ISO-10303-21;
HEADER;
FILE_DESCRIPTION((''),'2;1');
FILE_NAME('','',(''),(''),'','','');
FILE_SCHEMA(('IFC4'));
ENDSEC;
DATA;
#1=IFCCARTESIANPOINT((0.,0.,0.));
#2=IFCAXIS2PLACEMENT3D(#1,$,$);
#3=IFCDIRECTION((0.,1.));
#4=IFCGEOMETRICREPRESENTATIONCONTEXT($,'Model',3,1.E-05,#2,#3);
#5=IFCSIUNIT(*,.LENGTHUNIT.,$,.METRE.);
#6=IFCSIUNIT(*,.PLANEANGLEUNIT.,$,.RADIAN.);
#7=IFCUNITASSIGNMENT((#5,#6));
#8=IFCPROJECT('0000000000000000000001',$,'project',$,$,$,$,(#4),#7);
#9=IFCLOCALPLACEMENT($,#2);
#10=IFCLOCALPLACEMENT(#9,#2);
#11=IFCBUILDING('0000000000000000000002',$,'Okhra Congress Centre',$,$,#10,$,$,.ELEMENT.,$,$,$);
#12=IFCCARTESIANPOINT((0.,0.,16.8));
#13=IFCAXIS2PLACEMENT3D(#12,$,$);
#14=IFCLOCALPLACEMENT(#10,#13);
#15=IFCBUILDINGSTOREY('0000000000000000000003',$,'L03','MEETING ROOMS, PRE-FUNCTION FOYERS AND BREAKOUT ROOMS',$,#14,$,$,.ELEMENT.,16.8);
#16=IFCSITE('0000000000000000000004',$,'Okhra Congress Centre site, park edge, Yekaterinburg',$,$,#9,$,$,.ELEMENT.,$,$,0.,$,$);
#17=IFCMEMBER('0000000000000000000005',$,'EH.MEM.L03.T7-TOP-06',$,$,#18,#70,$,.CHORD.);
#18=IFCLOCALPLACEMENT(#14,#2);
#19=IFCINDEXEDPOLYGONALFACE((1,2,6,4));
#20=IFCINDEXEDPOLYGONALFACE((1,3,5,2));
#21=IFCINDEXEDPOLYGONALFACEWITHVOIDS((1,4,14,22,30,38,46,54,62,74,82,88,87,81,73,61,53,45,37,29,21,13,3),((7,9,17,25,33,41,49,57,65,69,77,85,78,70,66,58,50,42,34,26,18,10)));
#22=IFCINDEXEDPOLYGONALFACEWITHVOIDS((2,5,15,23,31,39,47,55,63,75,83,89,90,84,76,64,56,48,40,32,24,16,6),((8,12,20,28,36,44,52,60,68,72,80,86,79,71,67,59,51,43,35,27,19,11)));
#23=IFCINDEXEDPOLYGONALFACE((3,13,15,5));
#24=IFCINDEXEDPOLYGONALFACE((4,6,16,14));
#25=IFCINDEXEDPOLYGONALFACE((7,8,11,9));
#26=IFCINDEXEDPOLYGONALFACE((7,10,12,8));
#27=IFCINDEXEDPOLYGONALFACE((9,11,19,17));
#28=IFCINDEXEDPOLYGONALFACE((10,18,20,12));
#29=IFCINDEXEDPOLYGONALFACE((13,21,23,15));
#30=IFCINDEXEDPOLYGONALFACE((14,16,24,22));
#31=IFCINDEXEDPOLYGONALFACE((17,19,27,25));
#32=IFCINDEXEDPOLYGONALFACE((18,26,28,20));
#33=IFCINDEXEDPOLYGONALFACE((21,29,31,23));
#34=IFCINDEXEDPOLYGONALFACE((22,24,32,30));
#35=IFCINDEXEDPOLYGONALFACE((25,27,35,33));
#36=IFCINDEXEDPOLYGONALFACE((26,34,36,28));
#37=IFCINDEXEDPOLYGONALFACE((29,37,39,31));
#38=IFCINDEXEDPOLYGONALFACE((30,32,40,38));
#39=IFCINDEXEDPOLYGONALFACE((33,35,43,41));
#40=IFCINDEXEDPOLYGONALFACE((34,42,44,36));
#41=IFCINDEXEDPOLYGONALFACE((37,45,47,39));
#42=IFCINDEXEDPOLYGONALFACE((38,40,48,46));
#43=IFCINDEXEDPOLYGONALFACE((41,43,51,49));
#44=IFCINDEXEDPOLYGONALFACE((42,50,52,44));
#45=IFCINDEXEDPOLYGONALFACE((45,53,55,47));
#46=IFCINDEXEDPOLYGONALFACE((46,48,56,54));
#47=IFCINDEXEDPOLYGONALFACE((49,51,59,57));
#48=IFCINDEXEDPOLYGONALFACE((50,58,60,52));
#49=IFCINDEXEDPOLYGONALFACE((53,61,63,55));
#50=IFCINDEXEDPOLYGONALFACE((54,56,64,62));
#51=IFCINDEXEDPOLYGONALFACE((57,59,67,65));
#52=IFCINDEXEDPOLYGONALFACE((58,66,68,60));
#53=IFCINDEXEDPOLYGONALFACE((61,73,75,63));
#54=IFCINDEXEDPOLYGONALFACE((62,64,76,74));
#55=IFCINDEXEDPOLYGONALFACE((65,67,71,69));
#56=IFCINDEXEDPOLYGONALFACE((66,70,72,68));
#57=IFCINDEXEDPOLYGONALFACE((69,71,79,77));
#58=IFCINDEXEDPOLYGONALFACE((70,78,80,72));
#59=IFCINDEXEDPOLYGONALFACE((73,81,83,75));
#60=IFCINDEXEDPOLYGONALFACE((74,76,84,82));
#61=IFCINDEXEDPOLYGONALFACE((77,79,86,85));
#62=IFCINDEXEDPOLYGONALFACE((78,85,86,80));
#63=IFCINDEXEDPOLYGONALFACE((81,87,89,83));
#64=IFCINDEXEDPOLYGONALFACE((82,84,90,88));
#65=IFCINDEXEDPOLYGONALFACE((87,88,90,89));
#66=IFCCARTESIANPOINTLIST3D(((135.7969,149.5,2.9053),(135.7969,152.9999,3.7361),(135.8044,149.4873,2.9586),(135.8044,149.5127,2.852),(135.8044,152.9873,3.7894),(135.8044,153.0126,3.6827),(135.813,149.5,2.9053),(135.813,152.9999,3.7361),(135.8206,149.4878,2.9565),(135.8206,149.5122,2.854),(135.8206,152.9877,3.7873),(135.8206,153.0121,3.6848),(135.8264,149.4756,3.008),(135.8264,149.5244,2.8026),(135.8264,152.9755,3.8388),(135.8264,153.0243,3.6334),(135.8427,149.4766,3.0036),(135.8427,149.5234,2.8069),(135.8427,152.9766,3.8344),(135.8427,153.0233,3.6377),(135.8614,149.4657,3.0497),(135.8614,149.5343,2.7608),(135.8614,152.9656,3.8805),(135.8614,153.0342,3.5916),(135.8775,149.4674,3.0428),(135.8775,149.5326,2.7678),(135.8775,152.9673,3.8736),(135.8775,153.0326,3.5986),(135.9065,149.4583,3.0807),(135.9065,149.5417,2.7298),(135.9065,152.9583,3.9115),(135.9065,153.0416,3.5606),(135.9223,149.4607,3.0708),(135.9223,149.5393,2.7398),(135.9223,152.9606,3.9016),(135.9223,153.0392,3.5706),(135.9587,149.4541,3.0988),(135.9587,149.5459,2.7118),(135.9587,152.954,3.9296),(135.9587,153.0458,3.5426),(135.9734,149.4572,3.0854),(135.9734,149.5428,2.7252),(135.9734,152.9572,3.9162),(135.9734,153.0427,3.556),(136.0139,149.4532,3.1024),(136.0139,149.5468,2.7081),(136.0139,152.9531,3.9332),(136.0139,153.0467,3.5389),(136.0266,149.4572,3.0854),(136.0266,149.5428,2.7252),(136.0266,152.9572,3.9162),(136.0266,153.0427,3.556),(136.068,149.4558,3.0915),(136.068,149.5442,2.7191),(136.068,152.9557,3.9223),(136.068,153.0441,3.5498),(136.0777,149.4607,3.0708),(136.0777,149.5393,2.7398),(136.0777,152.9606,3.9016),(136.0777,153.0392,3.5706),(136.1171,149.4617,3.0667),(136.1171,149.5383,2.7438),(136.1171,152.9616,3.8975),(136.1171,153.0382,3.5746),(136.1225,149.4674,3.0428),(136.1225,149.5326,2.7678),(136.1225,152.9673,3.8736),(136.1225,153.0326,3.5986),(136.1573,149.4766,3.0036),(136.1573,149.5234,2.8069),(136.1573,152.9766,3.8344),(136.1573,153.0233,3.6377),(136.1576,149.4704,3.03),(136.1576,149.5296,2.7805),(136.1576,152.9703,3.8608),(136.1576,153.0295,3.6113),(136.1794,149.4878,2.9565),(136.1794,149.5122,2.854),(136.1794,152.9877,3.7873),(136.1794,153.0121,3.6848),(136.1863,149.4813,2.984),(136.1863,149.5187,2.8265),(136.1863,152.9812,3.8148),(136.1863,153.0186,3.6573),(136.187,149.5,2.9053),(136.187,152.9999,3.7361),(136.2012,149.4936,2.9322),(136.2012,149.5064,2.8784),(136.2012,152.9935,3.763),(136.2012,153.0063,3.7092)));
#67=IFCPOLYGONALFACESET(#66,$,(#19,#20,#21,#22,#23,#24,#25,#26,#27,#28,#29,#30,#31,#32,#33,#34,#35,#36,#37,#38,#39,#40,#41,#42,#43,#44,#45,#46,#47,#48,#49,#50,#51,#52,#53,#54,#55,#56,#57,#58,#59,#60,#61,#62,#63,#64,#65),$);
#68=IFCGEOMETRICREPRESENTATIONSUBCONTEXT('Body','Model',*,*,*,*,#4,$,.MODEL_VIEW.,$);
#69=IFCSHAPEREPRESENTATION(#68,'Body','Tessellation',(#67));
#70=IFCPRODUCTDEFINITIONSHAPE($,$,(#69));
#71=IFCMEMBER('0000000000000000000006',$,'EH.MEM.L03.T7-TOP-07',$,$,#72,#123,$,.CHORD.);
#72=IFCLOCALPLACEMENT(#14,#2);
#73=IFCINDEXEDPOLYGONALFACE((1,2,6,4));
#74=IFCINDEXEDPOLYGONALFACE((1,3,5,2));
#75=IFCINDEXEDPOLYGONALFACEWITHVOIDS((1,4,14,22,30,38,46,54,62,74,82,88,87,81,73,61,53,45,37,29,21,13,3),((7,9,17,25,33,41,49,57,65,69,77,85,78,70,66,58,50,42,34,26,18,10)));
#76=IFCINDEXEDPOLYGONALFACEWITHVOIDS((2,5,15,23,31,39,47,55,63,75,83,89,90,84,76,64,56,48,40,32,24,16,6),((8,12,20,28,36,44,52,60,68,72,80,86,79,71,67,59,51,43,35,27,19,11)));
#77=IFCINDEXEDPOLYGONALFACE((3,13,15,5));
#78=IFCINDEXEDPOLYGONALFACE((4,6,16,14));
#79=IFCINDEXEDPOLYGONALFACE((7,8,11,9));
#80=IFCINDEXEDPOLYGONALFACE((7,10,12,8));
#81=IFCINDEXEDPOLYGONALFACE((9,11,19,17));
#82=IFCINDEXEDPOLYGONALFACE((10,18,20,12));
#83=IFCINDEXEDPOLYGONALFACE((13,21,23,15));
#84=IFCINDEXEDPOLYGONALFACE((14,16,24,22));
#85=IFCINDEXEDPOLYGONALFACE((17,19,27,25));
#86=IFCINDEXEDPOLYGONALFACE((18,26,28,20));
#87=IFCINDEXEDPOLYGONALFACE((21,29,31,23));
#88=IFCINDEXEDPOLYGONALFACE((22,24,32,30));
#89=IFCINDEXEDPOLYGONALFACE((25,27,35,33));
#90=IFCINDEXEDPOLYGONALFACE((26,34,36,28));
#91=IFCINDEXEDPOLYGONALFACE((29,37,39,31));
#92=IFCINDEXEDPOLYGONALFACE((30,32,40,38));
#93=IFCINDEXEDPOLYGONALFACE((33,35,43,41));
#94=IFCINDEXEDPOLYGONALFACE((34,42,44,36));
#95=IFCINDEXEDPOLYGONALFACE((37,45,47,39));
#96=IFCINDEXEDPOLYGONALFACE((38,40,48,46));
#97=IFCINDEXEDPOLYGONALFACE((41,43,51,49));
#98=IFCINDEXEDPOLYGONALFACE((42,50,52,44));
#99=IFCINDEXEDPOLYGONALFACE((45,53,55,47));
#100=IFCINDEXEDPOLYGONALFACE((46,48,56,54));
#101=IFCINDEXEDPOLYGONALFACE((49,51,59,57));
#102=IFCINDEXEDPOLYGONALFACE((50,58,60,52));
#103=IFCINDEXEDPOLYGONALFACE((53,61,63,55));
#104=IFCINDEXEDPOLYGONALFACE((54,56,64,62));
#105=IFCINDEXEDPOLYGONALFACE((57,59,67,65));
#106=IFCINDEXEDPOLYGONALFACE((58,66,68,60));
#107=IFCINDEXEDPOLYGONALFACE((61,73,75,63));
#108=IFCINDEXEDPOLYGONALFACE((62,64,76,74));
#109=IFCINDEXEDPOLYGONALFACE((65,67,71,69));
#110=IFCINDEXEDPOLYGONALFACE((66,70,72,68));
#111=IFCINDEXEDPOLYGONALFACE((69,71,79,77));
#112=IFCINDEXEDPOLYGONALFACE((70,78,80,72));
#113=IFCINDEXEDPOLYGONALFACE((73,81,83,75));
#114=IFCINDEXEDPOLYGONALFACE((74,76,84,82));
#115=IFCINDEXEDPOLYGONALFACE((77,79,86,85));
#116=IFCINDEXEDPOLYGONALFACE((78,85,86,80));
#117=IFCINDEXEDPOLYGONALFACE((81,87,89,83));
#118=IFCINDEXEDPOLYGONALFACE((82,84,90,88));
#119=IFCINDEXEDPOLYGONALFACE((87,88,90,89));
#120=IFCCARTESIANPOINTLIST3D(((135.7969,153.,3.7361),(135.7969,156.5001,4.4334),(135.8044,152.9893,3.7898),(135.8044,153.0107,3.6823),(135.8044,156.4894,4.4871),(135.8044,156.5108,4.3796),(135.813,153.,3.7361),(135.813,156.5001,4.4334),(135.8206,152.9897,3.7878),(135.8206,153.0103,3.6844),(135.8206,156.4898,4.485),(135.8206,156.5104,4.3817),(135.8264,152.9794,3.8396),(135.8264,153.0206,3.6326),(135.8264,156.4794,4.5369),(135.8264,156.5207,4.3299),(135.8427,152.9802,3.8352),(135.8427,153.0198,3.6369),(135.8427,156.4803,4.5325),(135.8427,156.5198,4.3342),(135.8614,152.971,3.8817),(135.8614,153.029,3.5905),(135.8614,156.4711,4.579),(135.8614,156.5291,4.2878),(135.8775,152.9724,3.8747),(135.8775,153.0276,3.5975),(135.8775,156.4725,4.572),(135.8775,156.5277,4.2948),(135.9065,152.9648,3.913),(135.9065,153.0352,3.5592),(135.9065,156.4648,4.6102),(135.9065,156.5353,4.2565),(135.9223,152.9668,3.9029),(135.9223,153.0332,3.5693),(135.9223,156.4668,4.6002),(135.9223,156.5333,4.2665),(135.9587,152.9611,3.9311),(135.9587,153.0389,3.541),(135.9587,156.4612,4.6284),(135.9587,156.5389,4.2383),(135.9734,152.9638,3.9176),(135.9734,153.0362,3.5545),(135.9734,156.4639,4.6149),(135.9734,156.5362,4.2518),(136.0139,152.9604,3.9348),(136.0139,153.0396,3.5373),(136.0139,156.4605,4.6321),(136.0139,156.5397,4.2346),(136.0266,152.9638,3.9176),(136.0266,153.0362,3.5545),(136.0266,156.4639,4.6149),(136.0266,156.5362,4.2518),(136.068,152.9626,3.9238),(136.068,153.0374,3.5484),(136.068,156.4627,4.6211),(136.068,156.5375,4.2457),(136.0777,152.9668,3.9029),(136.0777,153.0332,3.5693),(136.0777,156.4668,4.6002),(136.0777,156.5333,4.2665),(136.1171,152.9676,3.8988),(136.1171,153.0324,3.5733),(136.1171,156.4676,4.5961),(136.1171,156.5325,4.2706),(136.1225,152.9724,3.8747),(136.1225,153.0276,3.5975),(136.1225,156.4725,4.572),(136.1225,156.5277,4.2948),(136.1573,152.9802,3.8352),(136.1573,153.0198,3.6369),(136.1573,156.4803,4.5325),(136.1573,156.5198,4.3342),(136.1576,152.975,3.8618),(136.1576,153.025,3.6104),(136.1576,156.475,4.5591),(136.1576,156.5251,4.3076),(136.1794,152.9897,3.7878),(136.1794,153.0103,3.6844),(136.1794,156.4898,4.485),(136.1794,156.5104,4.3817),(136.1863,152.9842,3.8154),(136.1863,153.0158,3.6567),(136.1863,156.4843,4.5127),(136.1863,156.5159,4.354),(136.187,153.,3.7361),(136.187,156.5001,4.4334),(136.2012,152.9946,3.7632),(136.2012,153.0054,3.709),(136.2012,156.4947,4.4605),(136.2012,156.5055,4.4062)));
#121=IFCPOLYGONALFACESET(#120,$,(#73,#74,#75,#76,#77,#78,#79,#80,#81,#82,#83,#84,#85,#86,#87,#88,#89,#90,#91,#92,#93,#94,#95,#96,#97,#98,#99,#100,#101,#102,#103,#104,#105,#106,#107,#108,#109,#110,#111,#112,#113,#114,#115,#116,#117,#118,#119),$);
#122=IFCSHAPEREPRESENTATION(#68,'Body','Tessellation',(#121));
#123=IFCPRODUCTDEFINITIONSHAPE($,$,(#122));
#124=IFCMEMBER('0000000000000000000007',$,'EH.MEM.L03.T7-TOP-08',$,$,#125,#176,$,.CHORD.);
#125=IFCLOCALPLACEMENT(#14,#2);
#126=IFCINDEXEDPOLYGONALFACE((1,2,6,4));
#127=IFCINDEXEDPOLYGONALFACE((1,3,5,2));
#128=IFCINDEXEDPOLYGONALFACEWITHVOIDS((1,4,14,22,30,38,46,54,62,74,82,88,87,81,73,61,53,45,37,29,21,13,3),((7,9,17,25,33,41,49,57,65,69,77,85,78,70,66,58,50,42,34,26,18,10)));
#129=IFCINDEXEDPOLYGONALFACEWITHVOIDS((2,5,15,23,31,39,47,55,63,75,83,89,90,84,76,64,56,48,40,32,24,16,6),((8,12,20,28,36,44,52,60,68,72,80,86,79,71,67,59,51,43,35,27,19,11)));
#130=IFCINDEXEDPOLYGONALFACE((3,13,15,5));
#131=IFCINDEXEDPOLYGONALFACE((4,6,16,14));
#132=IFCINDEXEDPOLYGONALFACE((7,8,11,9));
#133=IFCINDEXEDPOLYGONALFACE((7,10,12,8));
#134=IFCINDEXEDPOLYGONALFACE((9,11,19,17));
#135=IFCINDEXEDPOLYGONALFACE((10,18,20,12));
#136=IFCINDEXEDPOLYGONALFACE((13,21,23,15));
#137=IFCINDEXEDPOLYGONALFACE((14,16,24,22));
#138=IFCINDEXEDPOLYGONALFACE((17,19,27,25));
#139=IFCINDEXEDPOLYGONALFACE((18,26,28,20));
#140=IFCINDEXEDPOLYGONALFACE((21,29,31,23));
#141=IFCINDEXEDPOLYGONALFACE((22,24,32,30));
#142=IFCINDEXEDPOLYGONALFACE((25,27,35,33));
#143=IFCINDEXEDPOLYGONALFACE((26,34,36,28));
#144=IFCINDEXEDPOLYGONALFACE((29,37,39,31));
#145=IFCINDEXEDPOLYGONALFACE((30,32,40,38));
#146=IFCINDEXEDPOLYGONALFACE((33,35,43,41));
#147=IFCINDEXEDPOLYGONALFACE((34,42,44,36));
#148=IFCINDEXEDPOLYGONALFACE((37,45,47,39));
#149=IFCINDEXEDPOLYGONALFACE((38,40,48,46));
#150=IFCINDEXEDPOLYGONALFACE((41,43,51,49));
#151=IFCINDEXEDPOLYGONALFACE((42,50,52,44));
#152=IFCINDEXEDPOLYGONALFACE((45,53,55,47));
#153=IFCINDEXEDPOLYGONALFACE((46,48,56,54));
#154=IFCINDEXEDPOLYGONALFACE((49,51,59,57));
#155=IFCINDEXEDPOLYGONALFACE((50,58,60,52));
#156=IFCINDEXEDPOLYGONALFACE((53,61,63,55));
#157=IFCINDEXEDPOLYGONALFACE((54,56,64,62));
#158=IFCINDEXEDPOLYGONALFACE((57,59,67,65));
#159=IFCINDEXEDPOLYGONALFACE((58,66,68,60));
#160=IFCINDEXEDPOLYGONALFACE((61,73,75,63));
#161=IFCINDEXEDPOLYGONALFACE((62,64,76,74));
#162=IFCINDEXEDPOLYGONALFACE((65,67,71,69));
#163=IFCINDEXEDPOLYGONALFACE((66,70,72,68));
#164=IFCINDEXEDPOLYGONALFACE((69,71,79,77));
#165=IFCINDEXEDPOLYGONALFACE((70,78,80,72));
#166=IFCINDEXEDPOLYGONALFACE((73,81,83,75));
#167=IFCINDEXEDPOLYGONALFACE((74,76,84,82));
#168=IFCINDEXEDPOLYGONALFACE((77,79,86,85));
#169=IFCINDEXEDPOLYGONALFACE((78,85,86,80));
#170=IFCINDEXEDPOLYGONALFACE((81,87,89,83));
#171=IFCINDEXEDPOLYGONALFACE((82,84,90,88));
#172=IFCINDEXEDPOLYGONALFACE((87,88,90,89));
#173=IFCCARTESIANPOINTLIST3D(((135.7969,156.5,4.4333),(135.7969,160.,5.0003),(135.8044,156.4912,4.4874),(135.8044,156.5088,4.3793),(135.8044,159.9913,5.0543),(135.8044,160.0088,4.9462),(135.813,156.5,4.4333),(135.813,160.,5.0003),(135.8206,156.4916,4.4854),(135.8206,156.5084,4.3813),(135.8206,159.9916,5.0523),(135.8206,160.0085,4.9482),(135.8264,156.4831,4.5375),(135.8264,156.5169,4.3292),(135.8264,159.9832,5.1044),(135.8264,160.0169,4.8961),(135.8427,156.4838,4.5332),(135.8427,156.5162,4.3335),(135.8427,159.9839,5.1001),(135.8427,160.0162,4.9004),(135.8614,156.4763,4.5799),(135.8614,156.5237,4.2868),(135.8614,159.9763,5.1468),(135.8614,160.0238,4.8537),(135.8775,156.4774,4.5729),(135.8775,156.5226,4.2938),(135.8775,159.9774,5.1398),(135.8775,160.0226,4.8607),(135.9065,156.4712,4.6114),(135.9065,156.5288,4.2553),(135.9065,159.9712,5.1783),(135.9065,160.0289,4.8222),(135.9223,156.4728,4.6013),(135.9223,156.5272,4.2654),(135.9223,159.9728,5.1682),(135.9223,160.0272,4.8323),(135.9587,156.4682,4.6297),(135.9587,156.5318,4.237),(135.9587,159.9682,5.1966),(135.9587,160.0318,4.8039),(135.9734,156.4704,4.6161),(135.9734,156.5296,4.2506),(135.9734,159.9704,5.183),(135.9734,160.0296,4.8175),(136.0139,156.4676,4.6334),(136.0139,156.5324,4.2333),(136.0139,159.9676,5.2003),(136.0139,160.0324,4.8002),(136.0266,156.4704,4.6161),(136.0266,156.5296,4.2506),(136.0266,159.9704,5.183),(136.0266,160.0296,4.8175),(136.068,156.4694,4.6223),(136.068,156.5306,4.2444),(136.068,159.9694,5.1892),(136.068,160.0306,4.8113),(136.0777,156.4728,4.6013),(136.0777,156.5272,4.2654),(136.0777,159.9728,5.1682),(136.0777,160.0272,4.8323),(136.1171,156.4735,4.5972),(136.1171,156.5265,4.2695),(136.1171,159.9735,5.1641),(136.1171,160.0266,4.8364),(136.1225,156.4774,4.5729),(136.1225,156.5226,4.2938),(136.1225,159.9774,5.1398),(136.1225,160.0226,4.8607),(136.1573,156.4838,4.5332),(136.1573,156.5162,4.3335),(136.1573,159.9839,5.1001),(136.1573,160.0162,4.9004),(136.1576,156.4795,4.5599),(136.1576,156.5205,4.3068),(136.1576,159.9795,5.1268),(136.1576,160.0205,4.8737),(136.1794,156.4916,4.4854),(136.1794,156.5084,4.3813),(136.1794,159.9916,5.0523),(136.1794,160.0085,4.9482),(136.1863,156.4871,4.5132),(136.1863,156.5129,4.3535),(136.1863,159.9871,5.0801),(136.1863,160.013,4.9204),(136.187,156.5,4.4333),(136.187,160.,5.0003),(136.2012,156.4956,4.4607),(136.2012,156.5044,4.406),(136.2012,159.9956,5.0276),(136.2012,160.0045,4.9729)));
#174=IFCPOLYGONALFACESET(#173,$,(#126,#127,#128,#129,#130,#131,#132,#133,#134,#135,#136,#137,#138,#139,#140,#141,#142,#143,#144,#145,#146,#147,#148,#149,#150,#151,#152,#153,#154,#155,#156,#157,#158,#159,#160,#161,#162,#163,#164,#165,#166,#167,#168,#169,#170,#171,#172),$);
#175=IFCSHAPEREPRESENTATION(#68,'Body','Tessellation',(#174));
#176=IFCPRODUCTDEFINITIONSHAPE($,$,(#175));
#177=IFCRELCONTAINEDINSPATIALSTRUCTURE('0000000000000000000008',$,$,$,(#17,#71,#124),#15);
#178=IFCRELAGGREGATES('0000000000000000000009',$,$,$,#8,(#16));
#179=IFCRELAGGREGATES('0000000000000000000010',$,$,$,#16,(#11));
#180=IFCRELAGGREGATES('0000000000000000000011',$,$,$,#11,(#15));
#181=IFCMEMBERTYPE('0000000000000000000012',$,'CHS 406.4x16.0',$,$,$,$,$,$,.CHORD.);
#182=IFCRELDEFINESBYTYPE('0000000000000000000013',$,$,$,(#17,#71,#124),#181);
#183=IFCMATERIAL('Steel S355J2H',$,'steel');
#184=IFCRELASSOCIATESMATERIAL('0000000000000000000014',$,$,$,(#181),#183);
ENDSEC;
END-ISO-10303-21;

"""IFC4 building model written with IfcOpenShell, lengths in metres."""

from ifc_helpers import new_model, si_unit, direction, frame, origin, origin_2d, place, context, subcontext, project, spatial, hollow_circle, extrude, material, material_profile, profile_set, type_object, element, save


model = new_model("IFC4")

# Units and contexts
model_context = context("Model", 3, precision=1e-05, world=origin(), true_north=direction((0.0, 1.0)))
body_context = subcontext(model_context, "Body", "Model", "MODEL_VIEW")
ifc_project = project(units=[si_unit("LENGTHUNIT", "METRE"), si_unit("PLANEANGLEUNIT", "RADIAN")], contexts=[model_context])

# Site, building, storey
site_placement = place(None, origin())
site = spatial("IfcSite", under=ifc_project, at=site_placement, Name="Okhra Congress Centre site, park edge, Yekaterinburg", CompositionType="ELEMENT", RefElevation=0.0)
building_placement = place(site_placement, origin())
building = spatial("IfcBuilding", under=site, at=building_placement, Name="Okhra Congress Centre", CompositionType="ELEMENT")
storey_placement = place(building_placement, frame((0.0, 0.0, 16.8)))
storey = spatial("IfcBuildingStorey", under=building, at=storey_placement, Name="L03", Description="MEETING ROOMS, PRE-FUNCTION FOYERS AND BREAKOUT ROOMS", CompositionType="ELEMENT", Elevation=16.8)

# Members
ifc_material_1 = material(Name="Steel S355J2H", Category="steel")
ifc_material_profile_1 = material_profile(ifc_material_1, hollow_circle(Radius=0.2031, WallThickness=0.0161, at=origin_2d()), Name="CHS 406.4x16.0")
ifc_profile_set_1 = profile_set([ifc_material_profile_1], Name="Steel S355J2H")
member_type_1 = type_object("IfcMemberType", Name="CHS 406.4x16.0", PredefinedType="CHORD", material=ifc_profile_set_1)
member_1_placement = place(storey_placement, frame((136.0, 149.5, 2.9053), z_axis=(0.0, 0.972964, 0.230957), x_axis=(-1.0, 0.0, 0.0)))
element("IfcMember", 1, at=member_1_placement, inside=storey, type_object=member_type_1, Name="EH.MEM.L03.T7-TOP-06", PredefinedType="CHORD", context=body_context, shape_type="SweptSolid", body=[
    extrude(hollow_circle(Radius=0.2031, WallThickness=0.0161, at=origin_2d()), origin(), (0.0, 0.0, 1.0), 3.5972),
])
member_2_placement = place(storey_placement, frame((136.0, 153.0, 3.7361), z_axis=(0.0, 0.980728, 0.195379), x_axis=(-1.0, 0.0, 0.0)))
element("IfcMember", 2, at=member_2_placement, inside=storey, type_object=member_type_1, Name="EH.MEM.L03.T7-TOP-07", PredefinedType="CHORD", context=body_context, shape_type="SweptSolid", body=[
    extrude(hollow_circle(Radius=0.2031, WallThickness=0.0161, at=origin_2d()), origin(), (0.0, 0.0, 1.0), 3.5688),
])
member_3_placement = place(storey_placement, frame((136.0, 156.5, 4.4333), z_axis=(0.0, 0.987135, 0.159886), x_axis=(-1.0, 0.0, 0.0)))
element("IfcMember", 3, at=member_3_placement, inside=storey, type_object=member_type_1, Name="EH.MEM.L03.T7-TOP-08", PredefinedType="CHORD", context=body_context, shape_type="SweptSolid", body=[
    extrude(hollow_circle(Radius=0.2031, WallThickness=0.0161, at=origin_2d()), origin(), (0.0, 0.0, 1.0), 3.5457),
])

save(model, "model.ifc")
